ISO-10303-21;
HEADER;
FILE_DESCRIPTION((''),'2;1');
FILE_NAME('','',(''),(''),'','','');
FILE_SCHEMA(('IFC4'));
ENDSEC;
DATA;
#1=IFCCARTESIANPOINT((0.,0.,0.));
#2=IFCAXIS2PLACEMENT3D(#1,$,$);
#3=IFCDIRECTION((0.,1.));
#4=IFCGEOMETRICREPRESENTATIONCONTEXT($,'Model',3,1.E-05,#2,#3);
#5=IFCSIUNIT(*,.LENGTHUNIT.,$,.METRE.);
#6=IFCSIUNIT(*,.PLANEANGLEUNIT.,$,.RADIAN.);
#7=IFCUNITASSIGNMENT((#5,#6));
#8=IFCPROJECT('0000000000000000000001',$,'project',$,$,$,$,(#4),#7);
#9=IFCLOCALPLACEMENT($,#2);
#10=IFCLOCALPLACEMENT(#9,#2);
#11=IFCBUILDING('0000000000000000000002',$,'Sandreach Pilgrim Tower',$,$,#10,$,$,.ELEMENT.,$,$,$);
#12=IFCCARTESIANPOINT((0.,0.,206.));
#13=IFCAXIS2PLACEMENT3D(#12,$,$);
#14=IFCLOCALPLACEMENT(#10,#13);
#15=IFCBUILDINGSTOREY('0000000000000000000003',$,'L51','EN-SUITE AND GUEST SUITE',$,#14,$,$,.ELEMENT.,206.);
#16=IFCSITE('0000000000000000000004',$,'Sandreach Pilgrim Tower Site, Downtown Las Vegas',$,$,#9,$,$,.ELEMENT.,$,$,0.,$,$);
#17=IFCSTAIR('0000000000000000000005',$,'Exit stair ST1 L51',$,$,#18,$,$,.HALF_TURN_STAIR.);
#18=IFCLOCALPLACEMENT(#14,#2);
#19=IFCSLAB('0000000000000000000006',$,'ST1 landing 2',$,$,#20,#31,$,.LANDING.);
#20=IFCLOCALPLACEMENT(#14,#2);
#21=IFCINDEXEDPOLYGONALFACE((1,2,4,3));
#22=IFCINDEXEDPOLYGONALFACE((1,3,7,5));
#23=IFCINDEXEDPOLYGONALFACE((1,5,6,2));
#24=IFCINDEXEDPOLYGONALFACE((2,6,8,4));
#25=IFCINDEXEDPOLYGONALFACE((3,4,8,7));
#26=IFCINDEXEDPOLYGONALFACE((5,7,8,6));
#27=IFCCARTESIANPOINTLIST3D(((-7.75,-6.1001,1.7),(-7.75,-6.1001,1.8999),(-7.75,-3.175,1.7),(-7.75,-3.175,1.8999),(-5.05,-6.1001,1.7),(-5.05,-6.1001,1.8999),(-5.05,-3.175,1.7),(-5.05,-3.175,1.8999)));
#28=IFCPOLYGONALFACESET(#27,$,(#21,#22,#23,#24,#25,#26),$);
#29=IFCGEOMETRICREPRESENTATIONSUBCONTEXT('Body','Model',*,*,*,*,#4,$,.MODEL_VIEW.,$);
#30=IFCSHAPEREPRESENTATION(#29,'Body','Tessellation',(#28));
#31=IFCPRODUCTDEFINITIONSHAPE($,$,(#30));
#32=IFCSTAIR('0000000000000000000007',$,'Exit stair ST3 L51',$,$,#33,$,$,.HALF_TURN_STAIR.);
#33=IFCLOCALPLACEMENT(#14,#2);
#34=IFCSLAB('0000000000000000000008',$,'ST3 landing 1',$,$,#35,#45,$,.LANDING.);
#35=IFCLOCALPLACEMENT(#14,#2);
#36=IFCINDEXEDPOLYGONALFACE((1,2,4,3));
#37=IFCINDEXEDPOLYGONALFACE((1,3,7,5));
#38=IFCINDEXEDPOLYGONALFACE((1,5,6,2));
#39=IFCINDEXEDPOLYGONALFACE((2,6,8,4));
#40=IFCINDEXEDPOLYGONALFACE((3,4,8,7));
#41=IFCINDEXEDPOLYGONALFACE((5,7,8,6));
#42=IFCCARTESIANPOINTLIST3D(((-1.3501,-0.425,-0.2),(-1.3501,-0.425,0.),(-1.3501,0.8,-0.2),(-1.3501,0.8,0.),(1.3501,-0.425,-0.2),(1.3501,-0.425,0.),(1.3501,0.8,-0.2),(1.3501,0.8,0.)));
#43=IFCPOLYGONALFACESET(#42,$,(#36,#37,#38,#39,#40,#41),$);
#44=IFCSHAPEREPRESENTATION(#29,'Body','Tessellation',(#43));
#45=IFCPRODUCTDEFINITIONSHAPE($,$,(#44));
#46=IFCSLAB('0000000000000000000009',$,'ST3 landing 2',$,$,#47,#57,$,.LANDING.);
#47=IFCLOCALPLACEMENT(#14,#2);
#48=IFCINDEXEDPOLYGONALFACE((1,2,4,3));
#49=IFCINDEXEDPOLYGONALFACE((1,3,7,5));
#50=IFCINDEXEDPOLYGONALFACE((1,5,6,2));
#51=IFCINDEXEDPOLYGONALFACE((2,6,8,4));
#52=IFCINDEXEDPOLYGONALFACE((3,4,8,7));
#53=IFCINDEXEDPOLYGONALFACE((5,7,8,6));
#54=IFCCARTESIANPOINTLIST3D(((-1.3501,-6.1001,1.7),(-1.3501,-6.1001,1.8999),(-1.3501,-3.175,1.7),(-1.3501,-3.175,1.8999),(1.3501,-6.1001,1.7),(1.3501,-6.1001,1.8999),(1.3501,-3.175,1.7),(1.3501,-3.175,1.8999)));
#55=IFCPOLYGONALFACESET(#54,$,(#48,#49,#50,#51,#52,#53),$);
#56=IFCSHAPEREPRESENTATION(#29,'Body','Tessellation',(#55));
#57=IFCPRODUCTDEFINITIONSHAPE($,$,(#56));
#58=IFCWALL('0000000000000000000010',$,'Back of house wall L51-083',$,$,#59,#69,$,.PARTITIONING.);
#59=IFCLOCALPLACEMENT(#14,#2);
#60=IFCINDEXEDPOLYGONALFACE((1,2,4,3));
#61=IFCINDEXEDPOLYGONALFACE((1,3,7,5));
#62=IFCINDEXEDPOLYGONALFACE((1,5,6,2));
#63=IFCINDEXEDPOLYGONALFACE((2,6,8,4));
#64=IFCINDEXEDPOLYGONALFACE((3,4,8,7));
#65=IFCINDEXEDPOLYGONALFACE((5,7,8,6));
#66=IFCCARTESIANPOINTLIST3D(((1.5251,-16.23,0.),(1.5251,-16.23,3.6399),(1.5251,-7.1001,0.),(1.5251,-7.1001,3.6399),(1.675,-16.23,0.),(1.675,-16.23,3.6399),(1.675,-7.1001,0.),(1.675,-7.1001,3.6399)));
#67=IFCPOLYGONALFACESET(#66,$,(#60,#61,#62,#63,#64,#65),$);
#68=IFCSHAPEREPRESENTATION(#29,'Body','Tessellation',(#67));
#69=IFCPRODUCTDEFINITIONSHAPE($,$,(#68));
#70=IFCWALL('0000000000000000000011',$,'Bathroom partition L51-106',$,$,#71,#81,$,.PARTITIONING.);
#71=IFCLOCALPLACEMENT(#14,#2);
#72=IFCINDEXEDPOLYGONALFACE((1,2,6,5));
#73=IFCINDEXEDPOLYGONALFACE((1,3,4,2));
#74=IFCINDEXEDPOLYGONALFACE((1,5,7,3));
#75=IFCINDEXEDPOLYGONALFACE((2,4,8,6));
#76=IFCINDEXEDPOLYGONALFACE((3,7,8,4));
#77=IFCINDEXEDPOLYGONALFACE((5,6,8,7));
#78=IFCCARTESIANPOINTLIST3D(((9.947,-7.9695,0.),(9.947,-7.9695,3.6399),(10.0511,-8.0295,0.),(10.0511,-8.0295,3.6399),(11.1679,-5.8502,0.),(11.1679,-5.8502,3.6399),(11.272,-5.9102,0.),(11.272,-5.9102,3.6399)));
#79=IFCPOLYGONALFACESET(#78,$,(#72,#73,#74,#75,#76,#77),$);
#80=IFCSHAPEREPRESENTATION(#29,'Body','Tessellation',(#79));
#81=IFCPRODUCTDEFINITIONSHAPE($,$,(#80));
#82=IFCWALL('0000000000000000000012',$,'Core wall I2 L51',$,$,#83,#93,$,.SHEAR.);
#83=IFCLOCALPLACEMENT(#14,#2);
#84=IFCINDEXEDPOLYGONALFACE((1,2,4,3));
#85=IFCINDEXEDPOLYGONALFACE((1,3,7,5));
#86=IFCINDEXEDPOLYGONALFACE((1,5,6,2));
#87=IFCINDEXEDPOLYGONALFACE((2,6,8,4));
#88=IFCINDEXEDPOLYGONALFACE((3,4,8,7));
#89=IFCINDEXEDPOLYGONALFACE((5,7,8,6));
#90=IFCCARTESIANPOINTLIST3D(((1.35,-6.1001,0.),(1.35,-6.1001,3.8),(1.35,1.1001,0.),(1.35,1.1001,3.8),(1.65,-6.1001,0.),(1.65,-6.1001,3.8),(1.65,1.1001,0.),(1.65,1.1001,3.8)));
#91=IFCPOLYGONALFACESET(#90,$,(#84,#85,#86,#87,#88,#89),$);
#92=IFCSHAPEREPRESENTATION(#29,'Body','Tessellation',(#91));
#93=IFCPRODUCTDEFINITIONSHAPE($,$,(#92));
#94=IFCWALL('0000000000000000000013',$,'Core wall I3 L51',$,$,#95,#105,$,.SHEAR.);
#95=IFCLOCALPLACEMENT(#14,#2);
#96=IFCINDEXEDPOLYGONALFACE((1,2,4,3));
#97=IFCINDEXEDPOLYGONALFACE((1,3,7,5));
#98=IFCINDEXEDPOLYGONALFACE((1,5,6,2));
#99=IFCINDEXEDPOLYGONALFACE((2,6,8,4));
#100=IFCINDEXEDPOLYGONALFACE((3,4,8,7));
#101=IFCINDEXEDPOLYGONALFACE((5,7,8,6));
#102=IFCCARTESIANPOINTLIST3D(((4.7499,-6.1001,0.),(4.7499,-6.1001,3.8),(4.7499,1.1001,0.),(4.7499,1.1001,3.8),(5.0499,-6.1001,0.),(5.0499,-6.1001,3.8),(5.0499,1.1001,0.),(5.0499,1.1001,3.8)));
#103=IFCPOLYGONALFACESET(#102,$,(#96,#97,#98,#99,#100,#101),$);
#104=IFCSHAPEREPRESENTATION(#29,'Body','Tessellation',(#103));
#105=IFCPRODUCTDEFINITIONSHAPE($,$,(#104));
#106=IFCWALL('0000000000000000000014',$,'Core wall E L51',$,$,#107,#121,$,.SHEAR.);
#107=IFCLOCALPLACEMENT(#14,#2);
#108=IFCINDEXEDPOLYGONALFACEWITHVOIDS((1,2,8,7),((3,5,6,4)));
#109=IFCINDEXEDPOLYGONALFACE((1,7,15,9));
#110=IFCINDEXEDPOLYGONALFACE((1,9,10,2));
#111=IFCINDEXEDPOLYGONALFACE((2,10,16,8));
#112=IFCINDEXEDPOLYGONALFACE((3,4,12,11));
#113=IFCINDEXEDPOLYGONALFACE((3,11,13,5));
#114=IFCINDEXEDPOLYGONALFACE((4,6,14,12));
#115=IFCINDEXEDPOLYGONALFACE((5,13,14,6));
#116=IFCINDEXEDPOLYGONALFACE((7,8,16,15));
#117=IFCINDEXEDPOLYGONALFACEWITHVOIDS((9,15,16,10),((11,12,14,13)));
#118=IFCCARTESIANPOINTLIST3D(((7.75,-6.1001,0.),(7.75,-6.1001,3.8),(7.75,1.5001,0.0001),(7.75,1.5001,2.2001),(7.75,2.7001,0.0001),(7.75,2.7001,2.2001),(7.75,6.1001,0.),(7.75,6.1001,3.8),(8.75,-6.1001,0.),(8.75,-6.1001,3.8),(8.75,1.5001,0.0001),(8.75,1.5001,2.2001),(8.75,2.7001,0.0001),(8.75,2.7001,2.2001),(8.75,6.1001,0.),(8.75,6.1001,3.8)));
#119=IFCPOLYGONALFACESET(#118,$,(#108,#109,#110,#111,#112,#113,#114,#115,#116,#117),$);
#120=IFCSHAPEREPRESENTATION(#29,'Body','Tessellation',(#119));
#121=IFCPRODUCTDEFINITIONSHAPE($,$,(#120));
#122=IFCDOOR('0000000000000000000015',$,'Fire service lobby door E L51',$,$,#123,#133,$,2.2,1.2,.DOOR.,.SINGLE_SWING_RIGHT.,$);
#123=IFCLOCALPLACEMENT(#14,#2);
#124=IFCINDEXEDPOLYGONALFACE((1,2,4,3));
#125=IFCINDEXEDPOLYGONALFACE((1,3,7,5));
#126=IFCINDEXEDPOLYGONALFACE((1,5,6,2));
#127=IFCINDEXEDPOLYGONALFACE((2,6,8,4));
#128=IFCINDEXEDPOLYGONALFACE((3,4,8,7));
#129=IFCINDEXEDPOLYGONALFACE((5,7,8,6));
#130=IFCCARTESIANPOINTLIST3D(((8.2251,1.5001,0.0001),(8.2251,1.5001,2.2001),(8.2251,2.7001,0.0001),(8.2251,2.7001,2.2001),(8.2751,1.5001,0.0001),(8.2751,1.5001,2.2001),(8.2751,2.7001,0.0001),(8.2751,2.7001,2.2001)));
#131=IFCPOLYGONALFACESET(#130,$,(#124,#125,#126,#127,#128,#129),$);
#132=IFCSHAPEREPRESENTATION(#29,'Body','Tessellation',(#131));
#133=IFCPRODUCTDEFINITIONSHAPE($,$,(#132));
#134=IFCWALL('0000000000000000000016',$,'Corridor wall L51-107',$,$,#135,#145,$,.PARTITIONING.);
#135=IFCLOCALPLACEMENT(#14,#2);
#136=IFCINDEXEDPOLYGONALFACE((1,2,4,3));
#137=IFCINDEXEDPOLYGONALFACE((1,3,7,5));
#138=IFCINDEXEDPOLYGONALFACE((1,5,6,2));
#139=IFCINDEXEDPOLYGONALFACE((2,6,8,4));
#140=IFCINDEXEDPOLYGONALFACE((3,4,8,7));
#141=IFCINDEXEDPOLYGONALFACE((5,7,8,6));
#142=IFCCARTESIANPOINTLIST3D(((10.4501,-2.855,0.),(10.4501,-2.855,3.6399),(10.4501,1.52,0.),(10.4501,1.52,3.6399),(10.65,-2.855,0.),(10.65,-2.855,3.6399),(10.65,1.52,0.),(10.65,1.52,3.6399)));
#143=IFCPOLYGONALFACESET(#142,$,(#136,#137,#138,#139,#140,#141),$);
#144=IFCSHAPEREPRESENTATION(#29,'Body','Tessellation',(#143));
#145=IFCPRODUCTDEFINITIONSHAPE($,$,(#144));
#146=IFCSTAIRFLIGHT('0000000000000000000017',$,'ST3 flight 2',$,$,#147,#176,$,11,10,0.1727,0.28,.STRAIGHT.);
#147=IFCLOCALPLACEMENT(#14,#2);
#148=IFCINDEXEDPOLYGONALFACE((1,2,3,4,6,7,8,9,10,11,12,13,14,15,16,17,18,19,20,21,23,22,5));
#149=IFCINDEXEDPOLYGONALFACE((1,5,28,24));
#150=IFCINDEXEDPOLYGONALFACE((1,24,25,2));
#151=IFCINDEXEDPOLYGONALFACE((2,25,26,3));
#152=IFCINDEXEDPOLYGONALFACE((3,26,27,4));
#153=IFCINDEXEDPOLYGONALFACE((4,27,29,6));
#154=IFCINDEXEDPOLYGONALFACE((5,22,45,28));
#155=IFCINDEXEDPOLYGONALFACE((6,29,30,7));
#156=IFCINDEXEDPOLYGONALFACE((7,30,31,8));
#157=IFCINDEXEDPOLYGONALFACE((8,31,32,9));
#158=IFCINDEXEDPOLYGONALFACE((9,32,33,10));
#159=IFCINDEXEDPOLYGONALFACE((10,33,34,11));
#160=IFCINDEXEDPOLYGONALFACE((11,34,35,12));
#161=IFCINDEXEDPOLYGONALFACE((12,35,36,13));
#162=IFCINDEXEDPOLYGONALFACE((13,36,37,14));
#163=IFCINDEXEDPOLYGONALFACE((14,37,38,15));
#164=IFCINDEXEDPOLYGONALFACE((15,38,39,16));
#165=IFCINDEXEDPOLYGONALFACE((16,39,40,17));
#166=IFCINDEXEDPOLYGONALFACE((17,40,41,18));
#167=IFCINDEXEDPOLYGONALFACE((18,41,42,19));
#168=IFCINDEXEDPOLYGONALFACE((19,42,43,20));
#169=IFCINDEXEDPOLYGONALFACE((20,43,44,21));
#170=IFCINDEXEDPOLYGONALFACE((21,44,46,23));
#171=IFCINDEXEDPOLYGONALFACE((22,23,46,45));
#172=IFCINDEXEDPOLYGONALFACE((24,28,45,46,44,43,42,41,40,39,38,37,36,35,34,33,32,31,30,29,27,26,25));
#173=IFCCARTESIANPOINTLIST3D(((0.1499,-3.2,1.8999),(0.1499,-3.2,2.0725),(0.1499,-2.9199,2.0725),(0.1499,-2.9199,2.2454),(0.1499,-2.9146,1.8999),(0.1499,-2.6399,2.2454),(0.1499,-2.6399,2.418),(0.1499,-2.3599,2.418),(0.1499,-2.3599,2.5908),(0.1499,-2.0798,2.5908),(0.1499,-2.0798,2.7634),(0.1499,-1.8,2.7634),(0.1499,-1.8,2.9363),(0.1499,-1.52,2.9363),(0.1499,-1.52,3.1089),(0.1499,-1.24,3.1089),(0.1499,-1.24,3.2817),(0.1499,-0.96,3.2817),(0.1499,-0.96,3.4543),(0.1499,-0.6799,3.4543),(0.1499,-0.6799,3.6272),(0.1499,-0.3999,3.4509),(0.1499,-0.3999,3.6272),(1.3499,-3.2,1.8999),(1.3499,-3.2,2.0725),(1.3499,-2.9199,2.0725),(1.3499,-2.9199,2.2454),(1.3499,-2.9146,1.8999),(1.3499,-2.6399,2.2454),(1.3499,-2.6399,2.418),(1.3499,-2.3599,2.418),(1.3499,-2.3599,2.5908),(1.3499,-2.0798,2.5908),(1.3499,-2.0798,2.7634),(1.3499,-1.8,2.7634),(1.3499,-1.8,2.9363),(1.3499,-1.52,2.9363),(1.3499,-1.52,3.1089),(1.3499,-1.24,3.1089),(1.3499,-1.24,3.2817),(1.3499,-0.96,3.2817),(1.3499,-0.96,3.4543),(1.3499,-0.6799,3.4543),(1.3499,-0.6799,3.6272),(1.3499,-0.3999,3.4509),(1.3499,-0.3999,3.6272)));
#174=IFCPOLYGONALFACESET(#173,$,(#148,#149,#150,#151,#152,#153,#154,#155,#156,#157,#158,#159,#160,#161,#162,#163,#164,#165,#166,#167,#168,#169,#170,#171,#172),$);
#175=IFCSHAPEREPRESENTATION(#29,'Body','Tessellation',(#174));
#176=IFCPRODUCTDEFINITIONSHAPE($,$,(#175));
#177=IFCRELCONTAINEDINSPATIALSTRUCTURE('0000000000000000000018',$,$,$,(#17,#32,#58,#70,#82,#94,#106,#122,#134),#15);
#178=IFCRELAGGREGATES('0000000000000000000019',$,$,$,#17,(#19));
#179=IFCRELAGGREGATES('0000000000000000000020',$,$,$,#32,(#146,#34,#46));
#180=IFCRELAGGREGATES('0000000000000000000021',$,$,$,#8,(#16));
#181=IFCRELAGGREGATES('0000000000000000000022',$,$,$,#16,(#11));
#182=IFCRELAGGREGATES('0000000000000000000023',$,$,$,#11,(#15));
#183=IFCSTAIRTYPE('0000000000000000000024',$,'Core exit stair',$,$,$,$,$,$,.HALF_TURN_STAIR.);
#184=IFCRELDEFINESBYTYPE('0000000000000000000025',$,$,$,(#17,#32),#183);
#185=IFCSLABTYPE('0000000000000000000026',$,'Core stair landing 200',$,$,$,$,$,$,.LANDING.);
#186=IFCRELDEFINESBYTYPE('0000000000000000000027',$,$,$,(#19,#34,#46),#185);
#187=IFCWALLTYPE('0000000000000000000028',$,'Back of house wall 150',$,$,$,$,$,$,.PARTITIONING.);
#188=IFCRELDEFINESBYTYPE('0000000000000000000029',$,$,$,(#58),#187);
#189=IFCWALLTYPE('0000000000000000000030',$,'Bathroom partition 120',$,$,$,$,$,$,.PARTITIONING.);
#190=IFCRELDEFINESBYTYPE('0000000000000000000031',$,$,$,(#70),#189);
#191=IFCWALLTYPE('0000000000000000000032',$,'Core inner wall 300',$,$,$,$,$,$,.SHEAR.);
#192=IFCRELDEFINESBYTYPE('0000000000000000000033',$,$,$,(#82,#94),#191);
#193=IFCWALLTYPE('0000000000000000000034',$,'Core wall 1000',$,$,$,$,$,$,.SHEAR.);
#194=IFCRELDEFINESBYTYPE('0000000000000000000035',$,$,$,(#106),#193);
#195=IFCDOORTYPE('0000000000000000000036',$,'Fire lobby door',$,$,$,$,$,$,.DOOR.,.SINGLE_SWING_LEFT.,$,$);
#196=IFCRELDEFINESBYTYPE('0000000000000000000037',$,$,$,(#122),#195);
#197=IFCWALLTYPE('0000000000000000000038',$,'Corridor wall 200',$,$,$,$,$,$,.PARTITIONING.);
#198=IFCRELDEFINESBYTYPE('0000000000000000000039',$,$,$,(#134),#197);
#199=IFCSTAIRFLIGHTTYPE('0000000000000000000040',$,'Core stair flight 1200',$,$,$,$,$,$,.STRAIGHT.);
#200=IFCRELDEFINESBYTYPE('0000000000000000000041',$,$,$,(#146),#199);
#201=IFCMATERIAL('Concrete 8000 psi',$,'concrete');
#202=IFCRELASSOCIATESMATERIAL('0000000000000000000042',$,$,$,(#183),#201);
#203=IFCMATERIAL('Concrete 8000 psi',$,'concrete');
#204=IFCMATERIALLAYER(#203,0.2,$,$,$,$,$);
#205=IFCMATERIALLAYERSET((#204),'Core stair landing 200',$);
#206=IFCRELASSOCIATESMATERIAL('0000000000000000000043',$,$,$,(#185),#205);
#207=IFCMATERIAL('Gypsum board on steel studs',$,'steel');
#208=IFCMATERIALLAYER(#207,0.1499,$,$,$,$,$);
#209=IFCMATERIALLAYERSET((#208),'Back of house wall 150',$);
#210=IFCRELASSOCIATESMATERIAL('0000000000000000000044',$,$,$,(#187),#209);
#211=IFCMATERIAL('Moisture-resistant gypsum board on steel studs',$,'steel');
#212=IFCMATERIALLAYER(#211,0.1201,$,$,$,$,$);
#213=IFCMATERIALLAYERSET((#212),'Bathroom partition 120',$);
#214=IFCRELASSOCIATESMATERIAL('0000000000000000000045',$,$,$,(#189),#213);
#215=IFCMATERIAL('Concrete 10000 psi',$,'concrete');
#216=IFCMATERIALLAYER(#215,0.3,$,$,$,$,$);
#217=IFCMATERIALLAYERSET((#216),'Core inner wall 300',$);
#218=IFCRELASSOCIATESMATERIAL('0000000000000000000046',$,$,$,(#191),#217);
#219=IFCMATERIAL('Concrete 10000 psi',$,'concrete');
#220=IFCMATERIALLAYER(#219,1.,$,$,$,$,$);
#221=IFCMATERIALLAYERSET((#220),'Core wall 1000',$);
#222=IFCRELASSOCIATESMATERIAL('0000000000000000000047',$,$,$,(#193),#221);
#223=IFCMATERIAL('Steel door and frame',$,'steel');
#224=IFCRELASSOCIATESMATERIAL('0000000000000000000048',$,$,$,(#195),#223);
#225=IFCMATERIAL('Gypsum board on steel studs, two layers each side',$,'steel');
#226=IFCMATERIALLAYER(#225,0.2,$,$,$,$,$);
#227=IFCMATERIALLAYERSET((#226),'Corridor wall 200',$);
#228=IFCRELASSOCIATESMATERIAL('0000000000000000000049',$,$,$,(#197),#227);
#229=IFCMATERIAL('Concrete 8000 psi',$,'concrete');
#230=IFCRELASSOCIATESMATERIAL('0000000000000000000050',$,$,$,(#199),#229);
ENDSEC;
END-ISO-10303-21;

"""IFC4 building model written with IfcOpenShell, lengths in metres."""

from ifc_helpers import new_model, si_unit, direction, frame, frame_2d, origin, place, context, subcontext, project, spatial, polyline, rectangle, outline, extrude, material, layer, layer_set, type_object, element, fill, aggregate, save


model = new_model("IFC4")

# Units and contexts
model_context = context("Model", 3, precision=1e-05, world=origin(), true_north=direction((0.0, 1.0)))
body_context = subcontext(model_context, "Body", "Model", "MODEL_VIEW")
ifc_project = project(units=[si_unit("LENGTHUNIT", "METRE"), si_unit("PLANEANGLEUNIT", "RADIAN")], contexts=[model_context])

# Site, building, storey
site_placement = place(None, origin())
site = spatial("IfcSite", under=ifc_project, at=site_placement, Name="Sandreach Pilgrim Tower Site, Downtown Las Vegas", CompositionType="ELEMENT", RefElevation=0.0)
building_placement = place(site_placement, origin())
building = spatial("IfcBuilding", under=site, at=building_placement, Name="Sandreach Pilgrim Tower", CompositionType="ELEMENT")
storey_placement = place(building_placement, frame((0.0, 0.0, 206.0)))
storey = spatial("IfcBuildingStorey", under=building, at=storey_placement, Name="L51", Description="EN-SUITE AND GUEST SUITE", CompositionType="ELEMENT", Elevation=206.0)

# Stairs, slabs
ifc_material_1 = material(Name="Concrete 8000 psi", Category="concrete")
stair_type = type_object("IfcStairType", Name="Core exit stair", PredefinedType="HALF_TURN_STAIR", material=ifc_material_1)
stair_1_placement = place(storey_placement, origin())
stair_1 = element("IfcStair", 1, at=stair_1_placement, inside=storey, type_object=stair_type, Name="Exit stair ST1 L51", PredefinedType="HALF_TURN_STAIR")
ifc_material_2 = material(Name="Concrete 8000 psi", Category="concrete")
ifc_layer_1 = layer(ifc_material_2, 0.2)
ifc_layer_set_1 = layer_set([ifc_layer_1], Name="Core stair landing 200")
slab_type_1 = type_object("IfcSlabType", Name="Core stair landing 200", PredefinedType="LANDING", material=ifc_layer_set_1)
slab_1_placement = place(storey_placement, frame((0.0, 0.0, 1.7)))
slab_1 = element("IfcSlab", 2, at=slab_1_placement, type_object=slab_type_1, Name="ST1 landing 2", PredefinedType="LANDING", context=body_context, shape_type="SweptSolid", body=[
    extrude(outline(polyline([(-7.75, -6.1001), (-5.05, -6.1001), (-5.05, -3.175), (-7.75, -3.175), (-7.75, -6.1001)])), origin(), (0.0, 0.0, 1.0), 0.2),
])
aggregate(stair_1, [slab_1])
stair_2_placement = place(storey_placement, origin())
stair_2 = element("IfcStair", 3, at=stair_2_placement, inside=storey, type_object=stair_type, Name="Exit stair ST3 L51", PredefinedType="HALF_TURN_STAIR")
slab_2_placement = place(storey_placement, frame((0.0, 0.0, -0.2)))
slab_2 = element("IfcSlab", 4, at=slab_2_placement, type_object=slab_type_1, Name="ST3 landing 1", PredefinedType="LANDING", context=body_context, shape_type="SweptSolid", body=[
    extrude(outline(polyline([(-1.3501, -0.425), (1.3501, -0.425), (1.3501, 0.8), (-1.3501, 0.8), (-1.3501, -0.425)])), origin(), (0.0, 0.0, 1.0), 0.2),
])
slab_3_placement = place(storey_placement, frame((0.0, 0.0, 1.7)))
slab_3 = element("IfcSlab", 5, at=slab_3_placement, type_object=slab_type_1, Name="ST3 landing 2", PredefinedType="LANDING", context=body_context, shape_type="SweptSolid", body=[
    extrude(outline(polyline([(-1.3501, -6.1001), (1.3501, -6.1001), (1.3501, -3.175), (-1.3501, -3.175), (-1.3501, -6.1001)])), origin(), (0.0, 0.0, 1.0), 0.2),
])

# Walls
ifc_material_3 = material(Name="Gypsum board on steel studs", Category="steel")
ifc_layer_2 = layer(ifc_material_3, 0.1499)
ifc_layer_set_2 = layer_set([ifc_layer_2], Name="Back of house wall 150")
wall_type_1 = type_object("IfcWallType", Name="Back of house wall 150", PredefinedType="PARTITIONING", material=ifc_layer_set_2)
wall_1_placement = place(storey_placement, frame((1.6001, -7.1001, 0.0), z_axis=(0.0, 0.0, 1.0), x_axis=(0.0, -1.0, 0.0)))
element("IfcWall", 6, at=wall_1_placement, inside=storey, type_object=wall_type_1, Name="Back of house wall L51-083", PredefinedType="PARTITIONING", context=body_context, shape_type="SweptSolid", body=[
    extrude(rectangle(XDim=9.1299, YDim=0.1499, at=frame_2d((4.5649, 0.0))), origin(), (0.0, 0.0, 1.0), 3.6399),
])
ifc_material_4 = material(Name="Moisture-resistant gypsum board on steel studs", Category="steel")
ifc_layer_3 = layer(ifc_material_4, 0.1201)
ifc_layer_set_3 = layer_set([ifc_layer_3], Name="Bathroom partition 120")
wall_type_2 = type_object("IfcWallType", Name="Bathroom partition 120", PredefinedType="PARTITIONING", material=ifc_layer_set_3)
wall_2_placement = place(storey_placement, frame((9.999, -7.9995, 0.0), z_axis=(0.0, 0.0, 1.0), x_axis=(0.499178, 0.866499, 0.0)))
element("IfcWall", 7, at=wall_2_placement, inside=storey, type_object=wall_type_2, Name="Bathroom partition L51-106", PredefinedType="PARTITIONING", context=body_context, shape_type="SweptSolid", body=[
    extrude(rectangle(XDim=2.4458, YDim=0.1201, at=frame_2d((1.2229, 0.0))), origin(), (0.0, 0.0, 1.0), 3.6399),
])
ifc_material_5 = material(Name="Concrete 10000 psi", Category="concrete")
ifc_layer_4 = layer(ifc_material_5, 0.3)
ifc_layer_set_4 = layer_set([ifc_layer_4], Name="Core inner wall 300")
wall_type_3 = type_object("IfcWallType", Name="Core inner wall 300", PredefinedType="SHEAR", material=ifc_layer_set_4)
for number, where, z_axis, x_axis, name in (
    (8, (1.5, -6.1001, 0.0), (0.0, 0.0, 1.0), (0.0, 1.0, 0.0), "Core wall I2 L51"),
    (9, (4.8999, -6.1001, 0.0), (0.0, 0.0, 1.0), (0.0, 1.0, 0.0), "Core wall I3 L51"),
):
    element("IfcWall", number, at=place(storey_placement, frame(where, z_axis=z_axis, x_axis=x_axis)), inside=storey, type_object=wall_type_3, Name=name, PredefinedType="SHEAR", context=body_context, shape_type="SweptSolid", body=[
        extrude(rectangle(XDim=7.2002, YDim=0.3, at=frame_2d((3.6001, 0.0))), origin(), (0.0, 0.0, 1.0), 3.8),
    ])

# Wall, opening, door
ifc_material_6 = material(Name="Concrete 10000 psi", Category="concrete")
ifc_layer_5 = layer(ifc_material_6, 1.0)
ifc_layer_set_5 = layer_set([ifc_layer_5], Name="Core wall 1000")
wall_type_4 = type_object("IfcWallType", Name="Core wall 1000", PredefinedType="SHEAR", material=ifc_layer_set_5)
wall_3_placement = place(storey_placement, frame((8.25, -6.1001, 0.0), z_axis=(0.0, 0.0, 1.0), x_axis=(0.0, 1.0, 0.0)))
wall_3 = element("IfcWall", 10, at=wall_3_placement, inside=storey, type_object=wall_type_4, Name="Core wall E L51", PredefinedType="SHEAR", context=body_context, shape_type="SweptSolid", body=[
    extrude(rectangle(XDim=12.2002, YDim=1.0, at=frame_2d((6.1001, 0.0))), origin(), (0.0, 0.0, 1.0), 3.8),
])
opening_1_placement = place(wall_3_placement, frame((7.6001, 0.0, 0.0)))
opening_1 = element("IfcOpeningElement", 11, at=opening_1_placement, cuts=wall_3, PredefinedType="OPENING", context=body_context, shape_type="SweptSolid", body=[
    extrude(rectangle(XDim=1.2, YDim=2.2, at=frame_2d((0.6001, 1.1001))), frame((0.0, 0.5, 0.0), z_axis=(0.0, -1.0, 0.0), x_axis=(1.0, 0.0, 0.0)), (0.0, 0.0, 1.0), 1.0),
])
ifc_material_7 = material(Name="Steel door and frame", Category="steel")
door_type_1 = type_object("IfcDoorType", Name="Fire lobby door", OperationType="SINGLE_SWING_LEFT", PredefinedType="DOOR", material=ifc_material_7)
door_1_placement = place(opening_1_placement, origin())
door_1 = element("IfcDoor", 12, at=door_1_placement, inside=storey, type_object=door_type_1, Name="Fire service lobby door E L51", OperationType="SINGLE_SWING_RIGHT", OverallHeight=2.2, OverallWidth=1.2, PredefinedType="DOOR", context=body_context, shape_type="SweptSolid", body=[
    extrude(rectangle(XDim=1.2, YDim=2.2, at=frame_2d((0.6001, 1.1001))), frame((0.0, 0.0249, 0.0), z_axis=(0.0, -1.0, 0.0), x_axis=(1.0, 0.0, 0.0)), (0.0, 0.0, 1.0), 0.05),
])
fill(opening_1, door_1)
ifc_material_8 = material(Name="Gypsum board on steel studs, two layers each side", Category="steel")
ifc_layer_6 = layer(ifc_material_8, 0.2)
ifc_layer_set_6 = layer_set([ifc_layer_6], Name="Corridor wall 200")
wall_type_5 = type_object("IfcWallType", Name="Corridor wall 200", PredefinedType="PARTITIONING", material=ifc_layer_set_6)

# Wall
wall_4_placement = place(storey_placement, frame((10.55, -2.855, 0.0), z_axis=(0.0, 0.0, 1.0), x_axis=(0.0, 1.0, 0.0)))
element("IfcWall", 13, at=wall_4_placement, inside=storey, type_object=wall_type_5, Name="Corridor wall L51-107", PredefinedType="PARTITIONING", context=body_context, shape_type="SweptSolid", body=[
    extrude(rectangle(XDim=4.375, YDim=0.2, at=frame_2d((2.1875, 0.0))), origin(), (0.0, 0.0, 1.0), 3.6399),
])

# Stair flight
ifc_material_9 = material(Name="Concrete 8000 psi", Category="concrete")
stair_flight_type = type_object("IfcStairFlightType", Name="Core stair flight 1200", PredefinedType="STRAIGHT", material=ifc_material_9)
stair_flight_1_placement = place(storey_placement, frame((0.75, -3.2, 1.8999), z_axis=(0.0, 0.0, 1.0), x_axis=(0.0, 1.0, 0.0)))
stair_flight_1 = element("IfcStairFlight", 14, at=stair_flight_1_placement, type_object=stair_flight_type, Name="ST3 flight 2", NumberOfRisers=11, NumberOfTreads=10, PredefinedType="STRAIGHT", RiserHeight=0.1727, TreadLength=0.28, context=body_context, shape_type="SweptSolid", body=[
    extrude(outline(polyline([(0.0, 0.0), (0.0, 0.1726), (0.28, 0.1726), (0.28, 0.3455), (0.5601, 0.3455), (0.5601, 0.5181), (0.8401, 0.5181), (0.8401, 0.6909), (1.1201, 0.6909), (1.1201, 0.8635), (1.3999, 0.8635), (1.3999, 1.0364), (1.6799, 1.0364), (1.6799, 1.209), (1.96, 1.209), (1.96, 1.3818), (2.24, 1.3818), (2.24, 1.5544), (2.52, 1.5544), (2.52, 1.7273), (2.8, 1.7273), (2.8, 1.8999), (2.8, 1.551), (0.2854, 0.0), (0.0, 0.0)])), frame((0.0, 0.6001, 0.0), z_axis=(0.0, -1.0, 0.0), x_axis=(1.0, 0.0, 0.0)), (0.0, 0.0, 1.0), 1.2),
])
aggregate(stair_2, [stair_flight_1, slab_2, slab_3])

save(model, "model.ifc")
